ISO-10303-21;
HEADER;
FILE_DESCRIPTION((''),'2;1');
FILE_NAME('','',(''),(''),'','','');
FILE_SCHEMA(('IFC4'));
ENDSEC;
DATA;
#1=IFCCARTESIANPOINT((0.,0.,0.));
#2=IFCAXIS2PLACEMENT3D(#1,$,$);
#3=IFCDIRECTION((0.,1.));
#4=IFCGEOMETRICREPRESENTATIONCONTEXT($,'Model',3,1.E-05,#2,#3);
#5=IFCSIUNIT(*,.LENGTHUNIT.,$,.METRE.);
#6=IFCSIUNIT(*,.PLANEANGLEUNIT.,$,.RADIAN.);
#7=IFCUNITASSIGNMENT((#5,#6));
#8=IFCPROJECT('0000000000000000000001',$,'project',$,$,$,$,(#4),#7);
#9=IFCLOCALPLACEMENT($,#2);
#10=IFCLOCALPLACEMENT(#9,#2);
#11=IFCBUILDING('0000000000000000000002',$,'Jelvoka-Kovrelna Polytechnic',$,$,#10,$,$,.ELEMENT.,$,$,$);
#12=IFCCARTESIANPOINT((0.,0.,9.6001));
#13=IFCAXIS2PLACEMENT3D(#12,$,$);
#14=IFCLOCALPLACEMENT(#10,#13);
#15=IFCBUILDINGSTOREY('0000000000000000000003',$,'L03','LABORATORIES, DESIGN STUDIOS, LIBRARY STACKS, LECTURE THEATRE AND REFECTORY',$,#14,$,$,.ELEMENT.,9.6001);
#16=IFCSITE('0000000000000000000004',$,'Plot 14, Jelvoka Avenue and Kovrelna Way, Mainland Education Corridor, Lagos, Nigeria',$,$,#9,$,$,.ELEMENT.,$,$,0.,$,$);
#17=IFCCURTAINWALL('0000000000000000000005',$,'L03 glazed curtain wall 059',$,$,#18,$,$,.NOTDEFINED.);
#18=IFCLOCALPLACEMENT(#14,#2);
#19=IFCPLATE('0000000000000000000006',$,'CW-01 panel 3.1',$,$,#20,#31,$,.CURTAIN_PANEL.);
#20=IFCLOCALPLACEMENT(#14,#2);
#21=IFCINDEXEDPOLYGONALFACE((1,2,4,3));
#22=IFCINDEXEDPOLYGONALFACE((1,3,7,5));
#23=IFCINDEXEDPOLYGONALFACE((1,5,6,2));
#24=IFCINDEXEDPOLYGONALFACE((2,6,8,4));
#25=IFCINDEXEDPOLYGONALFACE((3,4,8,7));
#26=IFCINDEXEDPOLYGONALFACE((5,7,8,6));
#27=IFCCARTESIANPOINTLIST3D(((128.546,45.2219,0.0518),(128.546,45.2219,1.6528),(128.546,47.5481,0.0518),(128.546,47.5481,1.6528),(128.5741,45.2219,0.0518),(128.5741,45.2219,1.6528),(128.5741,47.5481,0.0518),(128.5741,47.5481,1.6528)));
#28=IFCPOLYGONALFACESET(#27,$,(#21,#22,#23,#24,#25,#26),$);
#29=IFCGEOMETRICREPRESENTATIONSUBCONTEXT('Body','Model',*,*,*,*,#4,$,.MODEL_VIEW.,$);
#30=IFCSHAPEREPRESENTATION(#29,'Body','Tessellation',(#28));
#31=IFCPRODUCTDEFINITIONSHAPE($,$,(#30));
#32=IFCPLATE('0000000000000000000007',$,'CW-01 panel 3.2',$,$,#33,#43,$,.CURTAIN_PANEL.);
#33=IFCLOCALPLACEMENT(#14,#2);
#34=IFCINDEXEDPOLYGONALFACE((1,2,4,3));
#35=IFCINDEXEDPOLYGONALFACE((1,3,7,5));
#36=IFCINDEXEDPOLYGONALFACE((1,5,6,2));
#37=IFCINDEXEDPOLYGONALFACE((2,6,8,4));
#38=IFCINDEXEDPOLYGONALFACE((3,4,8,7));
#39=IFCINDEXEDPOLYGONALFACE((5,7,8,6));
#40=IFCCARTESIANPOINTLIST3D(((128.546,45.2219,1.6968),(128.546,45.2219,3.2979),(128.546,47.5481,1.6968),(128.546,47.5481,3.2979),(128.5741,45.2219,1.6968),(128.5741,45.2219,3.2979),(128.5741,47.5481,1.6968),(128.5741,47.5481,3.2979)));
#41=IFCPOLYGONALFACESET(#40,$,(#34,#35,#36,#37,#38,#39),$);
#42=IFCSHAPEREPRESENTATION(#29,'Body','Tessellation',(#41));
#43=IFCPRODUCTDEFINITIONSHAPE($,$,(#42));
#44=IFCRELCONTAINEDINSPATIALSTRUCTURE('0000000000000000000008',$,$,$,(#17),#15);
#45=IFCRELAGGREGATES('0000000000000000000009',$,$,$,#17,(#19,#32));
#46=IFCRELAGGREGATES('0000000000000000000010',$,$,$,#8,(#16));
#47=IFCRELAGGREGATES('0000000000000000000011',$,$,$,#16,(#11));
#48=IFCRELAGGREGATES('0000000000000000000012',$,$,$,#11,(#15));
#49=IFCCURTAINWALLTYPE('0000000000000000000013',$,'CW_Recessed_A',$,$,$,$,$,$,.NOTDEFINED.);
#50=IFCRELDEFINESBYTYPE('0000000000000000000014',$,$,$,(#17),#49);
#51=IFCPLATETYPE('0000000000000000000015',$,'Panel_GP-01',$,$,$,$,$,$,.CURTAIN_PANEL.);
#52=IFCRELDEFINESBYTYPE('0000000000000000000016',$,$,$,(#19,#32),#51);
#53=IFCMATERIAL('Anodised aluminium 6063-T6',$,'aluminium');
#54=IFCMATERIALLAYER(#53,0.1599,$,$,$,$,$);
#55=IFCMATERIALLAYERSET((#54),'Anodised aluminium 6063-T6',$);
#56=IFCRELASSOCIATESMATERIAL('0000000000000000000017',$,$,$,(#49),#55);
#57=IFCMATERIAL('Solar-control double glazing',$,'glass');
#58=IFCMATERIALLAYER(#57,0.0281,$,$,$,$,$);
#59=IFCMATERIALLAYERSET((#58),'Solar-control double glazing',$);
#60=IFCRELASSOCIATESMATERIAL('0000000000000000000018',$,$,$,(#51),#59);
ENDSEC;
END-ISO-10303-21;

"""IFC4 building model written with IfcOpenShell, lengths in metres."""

from ifc_helpers import new_model, si_unit, direction, frame, origin, origin_2d, place, context, subcontext, project, spatial, rectangle, extrude, material, layer, layer_set, type_object, element, aggregate, save


model = new_model("IFC4")

# Units and contexts
model_context = context("Model", 3, precision=1e-05, world=origin(), true_north=direction((0.0, 1.0)))
body_context = subcontext(model_context, "Body", "Model", "MODEL_VIEW")
ifc_project = project(units=[si_unit("LENGTHUNIT", "METRE"), si_unit("PLANEANGLEUNIT", "RADIAN")], contexts=[model_context])

# Site, building, storey
site_placement = place(None, origin())
site = spatial("IfcSite", under=ifc_project, at=site_placement, Name="Plot 14, Jelvoka Avenue and Kovrelna Way, Mainland Education Corridor, Lagos, Nigeria", CompositionType="ELEMENT", RefElevation=0.0)
building_placement = place(site_placement, origin())
building = spatial("IfcBuilding", under=site, at=building_placement, Name="Jelvoka-Kovrelna Polytechnic", CompositionType="ELEMENT")
storey_placement = place(building_placement, frame((0.0, 0.0, 9.6001)))
storey = spatial("IfcBuildingStorey", under=building, at=storey_placement, Name="L03", Description="LABORATORIES, DESIGN STUDIOS, LIBRARY STACKS, LECTURE THEATRE AND REFECTORY", CompositionType="ELEMENT", Elevation=9.6001)

# Shared definitions
ifc_material_1 = material(Name="Anodised aluminium 6063-T6", Category="aluminium")
ifc_layer_1 = layer(ifc_material_1, 0.1599)
ifc_layer_set_1 = layer_set([ifc_layer_1], Name="Anodised aluminium 6063-T6")
curtain_wall_type = type_object("IfcCurtainWallType", Name="CW_Recessed_A", PredefinedType="NOTDEFINED", material=ifc_layer_set_1)

# Curtain wall
curtain_wall_1_placement = place(storey_placement, origin())
curtain_wall_1 = element("IfcCurtainWall", 1, at=curtain_wall_1_placement, inside=storey, type_object=curtain_wall_type, Name="L03 glazed curtain wall 059", PredefinedType="NOTDEFINED")

# Plates
ifc_material_2 = material(Name="Solar-control double glazing", Category="glass")
ifc_layer_2 = layer(ifc_material_2, 0.0281)
ifc_layer_set_2 = layer_set([ifc_layer_2], Name="Solar-control double glazing")
plate_type = type_object("IfcPlateType", Name="Panel_GP-01", PredefinedType="CURTAIN_PANEL", material=ifc_layer_set_2)
plate_1_placement = place(storey_placement, frame((128.5601, 46.385, 0.0518), z_axis=(0.0, 0.0, 1.0), x_axis=(0.0, 1.0, 0.0)))
plate_1 = element("IfcPlate", 2, at=plate_1_placement, type_object=plate_type, Name="CW-01 panel 3.1", PredefinedType="CURTAIN_PANEL", context=body_context, shape_type="SweptSolid", body=[
    extrude(rectangle(XDim=2.3262, YDim=0.0281, at=origin_2d()), origin(), (0.0, 0.0, 1.0), 1.6011),
])
plate_2_placement = place(storey_placement, frame((128.5601, 46.385, 1.6968), z_axis=(0.0, 0.0, 1.0), x_axis=(0.0, 1.0, 0.0)))
plate_2 = element("IfcPlate", 3, at=plate_2_placement, type_object=plate_type, Name="CW-01 panel 3.2", PredefinedType="CURTAIN_PANEL", context=body_context, shape_type="SweptSolid", body=[
    extrude(rectangle(XDim=2.3262, YDim=0.0281, at=origin_2d()), origin(), (0.0, 0.0, 1.0), 1.6011),
])
aggregate(curtain_wall_1, [plate_1, plate_2])

save(model, "model.ifc")
